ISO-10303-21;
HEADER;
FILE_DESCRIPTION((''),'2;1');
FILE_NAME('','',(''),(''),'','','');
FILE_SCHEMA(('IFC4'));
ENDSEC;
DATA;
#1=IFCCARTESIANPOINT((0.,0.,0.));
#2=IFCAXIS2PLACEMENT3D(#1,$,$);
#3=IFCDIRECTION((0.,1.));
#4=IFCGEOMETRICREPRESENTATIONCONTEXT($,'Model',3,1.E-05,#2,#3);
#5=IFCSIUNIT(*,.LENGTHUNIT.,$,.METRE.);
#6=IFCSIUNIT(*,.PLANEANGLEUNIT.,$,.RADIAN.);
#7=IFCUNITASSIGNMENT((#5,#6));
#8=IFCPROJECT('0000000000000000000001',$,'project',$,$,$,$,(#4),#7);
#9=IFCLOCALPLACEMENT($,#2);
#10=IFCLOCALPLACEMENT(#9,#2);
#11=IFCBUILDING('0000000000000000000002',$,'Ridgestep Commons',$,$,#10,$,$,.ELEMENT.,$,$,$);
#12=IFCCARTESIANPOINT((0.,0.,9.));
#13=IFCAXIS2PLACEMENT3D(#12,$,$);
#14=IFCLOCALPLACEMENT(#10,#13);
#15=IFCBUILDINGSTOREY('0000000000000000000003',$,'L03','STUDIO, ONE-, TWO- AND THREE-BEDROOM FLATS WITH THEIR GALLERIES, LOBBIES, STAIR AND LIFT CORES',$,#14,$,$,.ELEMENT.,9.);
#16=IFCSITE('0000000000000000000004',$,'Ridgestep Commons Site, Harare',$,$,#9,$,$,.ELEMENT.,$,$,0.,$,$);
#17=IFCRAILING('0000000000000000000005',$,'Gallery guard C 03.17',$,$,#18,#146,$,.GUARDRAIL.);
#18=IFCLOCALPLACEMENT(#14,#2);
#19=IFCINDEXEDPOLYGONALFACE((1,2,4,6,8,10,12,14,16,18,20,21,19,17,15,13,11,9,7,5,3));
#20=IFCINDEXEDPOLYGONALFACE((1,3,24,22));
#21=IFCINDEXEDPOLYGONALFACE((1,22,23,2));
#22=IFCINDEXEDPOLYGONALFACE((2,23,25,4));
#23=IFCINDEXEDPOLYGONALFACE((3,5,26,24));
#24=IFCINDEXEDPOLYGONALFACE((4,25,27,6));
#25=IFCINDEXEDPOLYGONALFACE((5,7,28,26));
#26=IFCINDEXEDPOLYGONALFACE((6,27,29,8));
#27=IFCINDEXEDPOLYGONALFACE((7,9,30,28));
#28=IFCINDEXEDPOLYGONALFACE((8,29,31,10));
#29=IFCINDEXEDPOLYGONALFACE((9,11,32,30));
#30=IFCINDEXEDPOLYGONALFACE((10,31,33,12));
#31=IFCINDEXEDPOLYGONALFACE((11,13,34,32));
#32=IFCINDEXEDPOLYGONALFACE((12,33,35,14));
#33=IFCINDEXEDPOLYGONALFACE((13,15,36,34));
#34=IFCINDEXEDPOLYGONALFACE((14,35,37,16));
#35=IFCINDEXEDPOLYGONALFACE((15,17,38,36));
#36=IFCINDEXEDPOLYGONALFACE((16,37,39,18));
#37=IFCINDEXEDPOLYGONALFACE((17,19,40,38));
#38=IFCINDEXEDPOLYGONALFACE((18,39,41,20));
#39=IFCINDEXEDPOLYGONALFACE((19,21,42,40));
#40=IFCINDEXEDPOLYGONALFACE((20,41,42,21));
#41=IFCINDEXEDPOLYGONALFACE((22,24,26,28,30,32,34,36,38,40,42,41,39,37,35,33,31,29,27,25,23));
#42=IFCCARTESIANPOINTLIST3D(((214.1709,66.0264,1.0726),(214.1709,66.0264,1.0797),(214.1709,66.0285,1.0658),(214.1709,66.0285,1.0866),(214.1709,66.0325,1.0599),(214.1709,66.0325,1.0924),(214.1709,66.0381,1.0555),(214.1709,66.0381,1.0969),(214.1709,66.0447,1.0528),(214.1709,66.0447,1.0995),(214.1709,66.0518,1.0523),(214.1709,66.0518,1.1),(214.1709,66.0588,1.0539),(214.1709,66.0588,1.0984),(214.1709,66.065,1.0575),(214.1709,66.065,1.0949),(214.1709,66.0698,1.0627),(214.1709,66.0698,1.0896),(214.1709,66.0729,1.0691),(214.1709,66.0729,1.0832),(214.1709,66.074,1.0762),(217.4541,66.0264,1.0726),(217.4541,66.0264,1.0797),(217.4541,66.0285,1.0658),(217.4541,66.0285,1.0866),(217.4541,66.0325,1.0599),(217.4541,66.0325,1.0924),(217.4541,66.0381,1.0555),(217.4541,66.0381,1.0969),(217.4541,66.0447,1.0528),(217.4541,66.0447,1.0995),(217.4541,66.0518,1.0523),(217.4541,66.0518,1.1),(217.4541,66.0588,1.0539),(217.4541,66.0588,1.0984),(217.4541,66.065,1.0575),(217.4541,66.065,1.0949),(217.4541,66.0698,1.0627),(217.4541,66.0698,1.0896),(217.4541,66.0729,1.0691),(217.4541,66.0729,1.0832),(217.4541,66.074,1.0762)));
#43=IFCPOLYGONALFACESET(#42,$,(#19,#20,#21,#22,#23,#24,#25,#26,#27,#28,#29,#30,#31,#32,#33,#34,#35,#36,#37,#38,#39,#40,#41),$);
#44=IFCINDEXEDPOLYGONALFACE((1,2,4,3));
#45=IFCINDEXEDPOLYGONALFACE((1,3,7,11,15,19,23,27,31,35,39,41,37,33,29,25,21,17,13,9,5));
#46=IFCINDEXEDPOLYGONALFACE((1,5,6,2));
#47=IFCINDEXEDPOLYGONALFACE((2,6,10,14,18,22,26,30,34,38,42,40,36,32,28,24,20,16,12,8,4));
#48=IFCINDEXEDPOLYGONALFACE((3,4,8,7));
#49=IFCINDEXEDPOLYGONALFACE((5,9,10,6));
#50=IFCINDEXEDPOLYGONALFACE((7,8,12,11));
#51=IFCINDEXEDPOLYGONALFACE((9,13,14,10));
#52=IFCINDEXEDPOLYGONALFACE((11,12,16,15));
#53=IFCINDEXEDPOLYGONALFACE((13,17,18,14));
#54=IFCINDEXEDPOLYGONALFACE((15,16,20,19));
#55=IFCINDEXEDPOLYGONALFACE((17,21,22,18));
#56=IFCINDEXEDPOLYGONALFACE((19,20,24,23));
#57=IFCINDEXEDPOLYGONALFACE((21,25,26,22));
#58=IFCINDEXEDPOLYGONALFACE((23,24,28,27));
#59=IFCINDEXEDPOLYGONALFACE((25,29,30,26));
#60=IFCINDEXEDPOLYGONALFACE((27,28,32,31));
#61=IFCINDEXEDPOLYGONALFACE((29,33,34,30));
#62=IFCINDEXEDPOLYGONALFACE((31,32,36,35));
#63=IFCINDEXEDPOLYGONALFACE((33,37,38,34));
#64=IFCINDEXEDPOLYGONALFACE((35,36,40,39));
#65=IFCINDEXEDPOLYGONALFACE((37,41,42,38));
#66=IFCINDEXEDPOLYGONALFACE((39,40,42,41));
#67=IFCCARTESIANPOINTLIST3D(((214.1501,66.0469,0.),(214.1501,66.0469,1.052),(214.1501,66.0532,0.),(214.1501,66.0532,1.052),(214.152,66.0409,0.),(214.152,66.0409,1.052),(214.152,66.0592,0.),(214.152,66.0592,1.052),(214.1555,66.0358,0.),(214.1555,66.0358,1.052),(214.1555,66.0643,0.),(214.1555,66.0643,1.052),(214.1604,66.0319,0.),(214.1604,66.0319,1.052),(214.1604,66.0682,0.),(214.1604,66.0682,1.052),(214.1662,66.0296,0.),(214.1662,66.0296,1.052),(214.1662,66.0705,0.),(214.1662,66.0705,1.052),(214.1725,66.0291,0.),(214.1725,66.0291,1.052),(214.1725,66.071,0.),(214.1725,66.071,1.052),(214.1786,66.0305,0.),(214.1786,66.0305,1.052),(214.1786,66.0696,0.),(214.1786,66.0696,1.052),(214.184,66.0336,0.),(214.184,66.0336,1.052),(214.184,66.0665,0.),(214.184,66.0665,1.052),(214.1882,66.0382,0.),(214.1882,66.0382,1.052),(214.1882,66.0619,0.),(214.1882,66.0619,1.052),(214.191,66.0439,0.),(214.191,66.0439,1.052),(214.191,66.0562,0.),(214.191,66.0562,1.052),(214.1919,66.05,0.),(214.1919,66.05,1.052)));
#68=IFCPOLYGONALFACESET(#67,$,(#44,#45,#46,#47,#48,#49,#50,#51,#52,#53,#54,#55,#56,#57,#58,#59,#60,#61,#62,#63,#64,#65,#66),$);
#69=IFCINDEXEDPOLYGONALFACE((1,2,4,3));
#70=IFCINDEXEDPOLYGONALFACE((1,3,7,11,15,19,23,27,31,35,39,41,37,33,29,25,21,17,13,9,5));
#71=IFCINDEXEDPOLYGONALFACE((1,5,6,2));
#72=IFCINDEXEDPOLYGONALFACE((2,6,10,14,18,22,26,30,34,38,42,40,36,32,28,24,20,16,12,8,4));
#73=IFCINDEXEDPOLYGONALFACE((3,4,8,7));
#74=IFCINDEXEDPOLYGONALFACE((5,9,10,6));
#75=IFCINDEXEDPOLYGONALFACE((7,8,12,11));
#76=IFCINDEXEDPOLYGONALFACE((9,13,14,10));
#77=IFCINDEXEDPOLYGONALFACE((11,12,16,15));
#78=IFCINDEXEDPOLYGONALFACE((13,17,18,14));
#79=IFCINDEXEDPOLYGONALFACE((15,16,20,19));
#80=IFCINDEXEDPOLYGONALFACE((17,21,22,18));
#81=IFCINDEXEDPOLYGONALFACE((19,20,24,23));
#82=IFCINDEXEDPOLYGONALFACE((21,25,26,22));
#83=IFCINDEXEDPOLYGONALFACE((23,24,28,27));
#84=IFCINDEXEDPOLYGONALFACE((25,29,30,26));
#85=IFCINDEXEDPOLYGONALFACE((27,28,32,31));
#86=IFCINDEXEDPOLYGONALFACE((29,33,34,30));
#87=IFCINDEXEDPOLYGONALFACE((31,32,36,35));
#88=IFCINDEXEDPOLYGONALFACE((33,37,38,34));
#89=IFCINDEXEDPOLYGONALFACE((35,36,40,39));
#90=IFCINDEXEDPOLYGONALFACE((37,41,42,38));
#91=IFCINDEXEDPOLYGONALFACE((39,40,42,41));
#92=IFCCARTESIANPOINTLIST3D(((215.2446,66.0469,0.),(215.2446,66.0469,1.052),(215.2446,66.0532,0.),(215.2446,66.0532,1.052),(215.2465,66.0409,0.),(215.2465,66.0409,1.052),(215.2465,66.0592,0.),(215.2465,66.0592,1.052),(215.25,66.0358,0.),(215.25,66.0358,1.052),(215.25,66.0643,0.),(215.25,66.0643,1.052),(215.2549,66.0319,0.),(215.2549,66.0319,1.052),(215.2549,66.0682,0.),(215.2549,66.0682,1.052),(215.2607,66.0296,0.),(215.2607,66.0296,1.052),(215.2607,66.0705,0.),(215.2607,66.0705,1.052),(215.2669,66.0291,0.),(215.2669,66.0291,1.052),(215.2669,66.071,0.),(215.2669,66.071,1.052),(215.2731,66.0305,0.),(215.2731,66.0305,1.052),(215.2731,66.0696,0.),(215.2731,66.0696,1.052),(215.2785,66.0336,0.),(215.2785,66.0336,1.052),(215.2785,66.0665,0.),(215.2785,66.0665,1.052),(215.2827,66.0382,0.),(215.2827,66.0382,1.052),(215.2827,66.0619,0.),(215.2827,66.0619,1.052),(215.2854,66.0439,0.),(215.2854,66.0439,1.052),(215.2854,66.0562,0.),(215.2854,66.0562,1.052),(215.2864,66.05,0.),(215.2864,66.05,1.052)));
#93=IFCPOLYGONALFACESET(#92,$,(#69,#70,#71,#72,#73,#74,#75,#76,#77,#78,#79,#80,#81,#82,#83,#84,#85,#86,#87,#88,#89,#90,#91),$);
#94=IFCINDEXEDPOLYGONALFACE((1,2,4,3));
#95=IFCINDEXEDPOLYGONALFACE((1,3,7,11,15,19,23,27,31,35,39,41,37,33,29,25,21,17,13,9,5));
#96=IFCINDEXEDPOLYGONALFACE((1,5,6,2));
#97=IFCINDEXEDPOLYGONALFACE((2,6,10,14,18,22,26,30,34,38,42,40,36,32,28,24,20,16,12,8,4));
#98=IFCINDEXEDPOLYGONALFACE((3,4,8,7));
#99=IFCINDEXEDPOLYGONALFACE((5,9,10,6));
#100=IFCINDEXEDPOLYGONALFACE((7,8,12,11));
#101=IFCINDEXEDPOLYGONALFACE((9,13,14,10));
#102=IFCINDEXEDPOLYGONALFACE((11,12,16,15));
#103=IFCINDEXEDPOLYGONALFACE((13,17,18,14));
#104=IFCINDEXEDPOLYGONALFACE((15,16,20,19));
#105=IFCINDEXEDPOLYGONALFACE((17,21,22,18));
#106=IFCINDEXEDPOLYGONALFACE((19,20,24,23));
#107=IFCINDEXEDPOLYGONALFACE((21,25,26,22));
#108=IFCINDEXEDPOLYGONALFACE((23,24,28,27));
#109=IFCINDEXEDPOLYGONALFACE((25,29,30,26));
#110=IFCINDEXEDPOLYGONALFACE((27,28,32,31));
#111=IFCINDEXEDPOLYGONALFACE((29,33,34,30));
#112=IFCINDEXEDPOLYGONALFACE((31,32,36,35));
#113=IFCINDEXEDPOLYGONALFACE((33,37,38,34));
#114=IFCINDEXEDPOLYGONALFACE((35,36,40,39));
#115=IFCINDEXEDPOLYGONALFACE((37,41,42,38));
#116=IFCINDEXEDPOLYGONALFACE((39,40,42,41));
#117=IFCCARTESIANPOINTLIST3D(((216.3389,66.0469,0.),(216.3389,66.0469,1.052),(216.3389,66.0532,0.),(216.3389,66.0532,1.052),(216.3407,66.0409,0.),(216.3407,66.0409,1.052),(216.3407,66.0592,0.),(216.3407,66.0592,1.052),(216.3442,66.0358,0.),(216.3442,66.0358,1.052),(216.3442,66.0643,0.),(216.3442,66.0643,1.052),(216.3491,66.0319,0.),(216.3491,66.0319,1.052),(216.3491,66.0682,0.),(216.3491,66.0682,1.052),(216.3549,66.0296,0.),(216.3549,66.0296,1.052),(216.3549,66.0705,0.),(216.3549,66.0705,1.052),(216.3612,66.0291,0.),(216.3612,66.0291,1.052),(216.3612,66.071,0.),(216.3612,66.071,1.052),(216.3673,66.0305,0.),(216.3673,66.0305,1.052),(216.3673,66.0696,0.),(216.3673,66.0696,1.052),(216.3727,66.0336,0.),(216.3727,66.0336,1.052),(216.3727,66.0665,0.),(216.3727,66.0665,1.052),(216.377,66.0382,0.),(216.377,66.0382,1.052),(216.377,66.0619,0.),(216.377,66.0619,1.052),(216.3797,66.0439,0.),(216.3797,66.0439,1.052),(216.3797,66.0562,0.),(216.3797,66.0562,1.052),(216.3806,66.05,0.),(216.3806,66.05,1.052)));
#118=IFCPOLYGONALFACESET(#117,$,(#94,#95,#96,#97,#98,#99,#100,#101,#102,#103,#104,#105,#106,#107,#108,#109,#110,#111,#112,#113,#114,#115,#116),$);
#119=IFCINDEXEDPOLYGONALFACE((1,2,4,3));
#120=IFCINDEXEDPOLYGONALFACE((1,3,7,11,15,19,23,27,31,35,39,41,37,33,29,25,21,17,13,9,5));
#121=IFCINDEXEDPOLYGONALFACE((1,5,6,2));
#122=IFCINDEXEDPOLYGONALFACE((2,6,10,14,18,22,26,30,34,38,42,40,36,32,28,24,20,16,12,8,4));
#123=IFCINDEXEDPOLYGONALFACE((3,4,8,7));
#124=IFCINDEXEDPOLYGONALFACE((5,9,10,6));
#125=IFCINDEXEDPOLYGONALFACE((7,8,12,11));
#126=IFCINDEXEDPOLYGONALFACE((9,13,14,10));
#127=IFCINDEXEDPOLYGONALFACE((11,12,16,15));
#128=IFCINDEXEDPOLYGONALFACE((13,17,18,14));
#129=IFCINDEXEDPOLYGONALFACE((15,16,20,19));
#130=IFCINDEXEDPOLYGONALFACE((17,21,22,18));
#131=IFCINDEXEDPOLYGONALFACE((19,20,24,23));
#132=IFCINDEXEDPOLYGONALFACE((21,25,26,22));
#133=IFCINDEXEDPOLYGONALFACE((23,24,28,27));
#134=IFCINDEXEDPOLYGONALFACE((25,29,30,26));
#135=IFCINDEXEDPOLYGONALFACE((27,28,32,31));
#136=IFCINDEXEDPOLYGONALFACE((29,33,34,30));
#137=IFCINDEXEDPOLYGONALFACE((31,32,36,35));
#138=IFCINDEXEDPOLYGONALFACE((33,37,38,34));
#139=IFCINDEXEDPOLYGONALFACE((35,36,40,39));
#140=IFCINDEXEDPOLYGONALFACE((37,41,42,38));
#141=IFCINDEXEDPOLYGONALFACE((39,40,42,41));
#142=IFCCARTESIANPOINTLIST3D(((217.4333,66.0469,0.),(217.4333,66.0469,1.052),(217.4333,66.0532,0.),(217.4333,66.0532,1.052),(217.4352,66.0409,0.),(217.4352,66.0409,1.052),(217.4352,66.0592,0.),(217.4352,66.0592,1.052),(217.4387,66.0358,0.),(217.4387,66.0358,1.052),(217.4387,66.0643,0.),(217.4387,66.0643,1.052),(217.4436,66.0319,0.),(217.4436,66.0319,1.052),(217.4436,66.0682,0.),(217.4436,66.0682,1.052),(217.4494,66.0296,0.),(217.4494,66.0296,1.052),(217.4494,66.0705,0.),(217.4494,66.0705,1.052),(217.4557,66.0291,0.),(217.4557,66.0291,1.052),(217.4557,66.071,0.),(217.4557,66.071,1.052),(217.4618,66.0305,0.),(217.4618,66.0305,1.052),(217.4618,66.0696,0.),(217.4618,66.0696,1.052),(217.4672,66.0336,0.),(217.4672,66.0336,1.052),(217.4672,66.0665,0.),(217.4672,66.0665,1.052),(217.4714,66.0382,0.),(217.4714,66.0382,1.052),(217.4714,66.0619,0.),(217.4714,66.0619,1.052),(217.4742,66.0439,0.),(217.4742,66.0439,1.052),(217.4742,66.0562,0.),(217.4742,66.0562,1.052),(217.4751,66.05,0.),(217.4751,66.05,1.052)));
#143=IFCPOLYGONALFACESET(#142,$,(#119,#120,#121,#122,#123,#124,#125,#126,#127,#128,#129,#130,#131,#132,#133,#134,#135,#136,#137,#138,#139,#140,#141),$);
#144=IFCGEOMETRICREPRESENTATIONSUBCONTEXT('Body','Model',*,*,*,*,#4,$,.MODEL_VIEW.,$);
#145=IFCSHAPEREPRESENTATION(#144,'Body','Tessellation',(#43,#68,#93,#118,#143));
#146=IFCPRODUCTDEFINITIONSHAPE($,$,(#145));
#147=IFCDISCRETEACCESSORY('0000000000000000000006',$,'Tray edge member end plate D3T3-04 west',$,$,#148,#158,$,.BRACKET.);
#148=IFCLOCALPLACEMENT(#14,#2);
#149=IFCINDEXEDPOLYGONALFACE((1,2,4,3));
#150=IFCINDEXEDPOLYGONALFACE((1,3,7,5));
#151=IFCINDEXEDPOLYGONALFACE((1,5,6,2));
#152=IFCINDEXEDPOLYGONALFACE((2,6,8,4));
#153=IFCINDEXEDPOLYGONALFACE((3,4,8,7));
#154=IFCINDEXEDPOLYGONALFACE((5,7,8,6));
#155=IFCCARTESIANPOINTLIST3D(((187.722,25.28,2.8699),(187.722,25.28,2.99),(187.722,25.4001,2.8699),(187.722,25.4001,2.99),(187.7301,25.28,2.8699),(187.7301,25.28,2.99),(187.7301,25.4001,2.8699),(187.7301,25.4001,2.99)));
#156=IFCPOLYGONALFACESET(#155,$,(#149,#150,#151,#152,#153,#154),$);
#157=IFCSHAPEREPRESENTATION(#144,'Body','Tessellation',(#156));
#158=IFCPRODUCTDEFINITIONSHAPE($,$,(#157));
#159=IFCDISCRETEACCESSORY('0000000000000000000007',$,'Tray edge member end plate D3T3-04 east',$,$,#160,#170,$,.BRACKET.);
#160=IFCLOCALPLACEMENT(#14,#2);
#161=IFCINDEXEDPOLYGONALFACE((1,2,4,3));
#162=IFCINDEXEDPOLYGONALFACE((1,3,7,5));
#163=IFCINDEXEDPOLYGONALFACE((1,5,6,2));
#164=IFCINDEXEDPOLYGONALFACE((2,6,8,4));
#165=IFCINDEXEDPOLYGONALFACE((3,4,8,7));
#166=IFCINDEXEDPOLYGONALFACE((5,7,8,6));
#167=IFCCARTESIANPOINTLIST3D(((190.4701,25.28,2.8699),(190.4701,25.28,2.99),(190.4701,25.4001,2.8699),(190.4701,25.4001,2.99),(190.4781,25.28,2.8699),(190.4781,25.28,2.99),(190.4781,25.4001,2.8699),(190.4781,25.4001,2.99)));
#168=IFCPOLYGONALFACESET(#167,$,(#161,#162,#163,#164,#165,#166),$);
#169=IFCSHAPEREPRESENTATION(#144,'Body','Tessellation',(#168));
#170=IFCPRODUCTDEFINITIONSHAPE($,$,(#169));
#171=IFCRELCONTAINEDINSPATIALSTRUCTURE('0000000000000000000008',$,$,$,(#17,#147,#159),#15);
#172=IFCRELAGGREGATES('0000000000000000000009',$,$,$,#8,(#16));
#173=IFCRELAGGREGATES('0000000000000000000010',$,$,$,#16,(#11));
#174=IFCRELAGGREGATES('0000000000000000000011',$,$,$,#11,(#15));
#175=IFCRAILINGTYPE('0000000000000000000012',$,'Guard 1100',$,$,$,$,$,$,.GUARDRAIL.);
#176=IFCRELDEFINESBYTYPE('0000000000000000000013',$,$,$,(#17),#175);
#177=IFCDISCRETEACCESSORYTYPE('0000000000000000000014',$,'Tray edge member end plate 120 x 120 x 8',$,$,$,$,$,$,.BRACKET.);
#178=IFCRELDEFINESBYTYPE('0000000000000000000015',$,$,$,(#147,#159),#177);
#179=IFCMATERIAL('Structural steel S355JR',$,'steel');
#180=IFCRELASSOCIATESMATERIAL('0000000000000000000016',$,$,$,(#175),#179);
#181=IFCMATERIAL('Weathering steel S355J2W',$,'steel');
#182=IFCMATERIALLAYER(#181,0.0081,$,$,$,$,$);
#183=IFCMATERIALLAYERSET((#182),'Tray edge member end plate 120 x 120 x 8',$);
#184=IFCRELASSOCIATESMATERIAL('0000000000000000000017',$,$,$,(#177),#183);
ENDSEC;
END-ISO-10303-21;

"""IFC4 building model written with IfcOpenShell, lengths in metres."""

from ifc_helpers import new_model, si_unit, direction, frame, origin, origin_2d, place, context, subcontext, project, spatial, rectangle, circle, extrude, material, layer, layer_set, type_object, element, save


model = new_model("IFC4")

# Units and contexts
model_context = context("Model", 3, precision=1e-05, world=origin(), true_north=direction((0.0, 1.0)))
body_context = subcontext(model_context, "Body", "Model", "MODEL_VIEW")
ifc_project = project(units=[si_unit("LENGTHUNIT", "METRE"), si_unit("PLANEANGLEUNIT", "RADIAN")], contexts=[model_context])

# Site, building, storey
site_placement = place(None, origin())
site = spatial("IfcSite", under=ifc_project, at=site_placement, Name="Ridgestep Commons Site, Harare", CompositionType="ELEMENT", RefElevation=0.0)
building_placement = place(site_placement, origin())
building = spatial("IfcBuilding", under=site, at=building_placement, Name="Ridgestep Commons", CompositionType="ELEMENT")
storey_placement = place(building_placement, frame((0.0, 0.0, 9.0)))
storey = spatial("IfcBuildingStorey", under=building, at=storey_placement, Name="L03", Description="STUDIO, ONE-, TWO- AND THREE-BEDROOM FLATS WITH THEIR GALLERIES, LOBBIES, STAIR AND LIFT CORES", CompositionType="ELEMENT", Elevation=9.0)

# Railing
ifc_material_1 = material(Name="Structural steel S355JR", Category="steel")
railing_type = type_object("IfcRailingType", Name="Guard 1100", PredefinedType="GUARDRAIL", material=ifc_material_1)
for number, where, name in (
    (1, (214.1709, 66.05, 0.0), "Gallery guard C 03.17"),
):
    element("IfcRailing", number, at=place(storey_placement, frame(where)), inside=storey, type_object=railing_type, Name=name, PredefinedType="GUARDRAIL", context=body_context, shape_type="SweptSolid", body=[
        extrude(circle(Radius=0.0239, at=origin_2d()), frame((0.0, 0.0, 1.0762), z_axis=(1.0, 0.0, 0.0), x_axis=(0.0, 1.0, 0.0)), (0.0, 0.0, 1.0), 3.2832),
        extrude(circle(Radius=0.021, at=origin_2d()), origin(), (0.0, 0.0, 1.0), 1.052),
        extrude(circle(Radius=0.021, at=origin_2d()), frame((1.0945, 0.0, 0.0)), (0.0, 0.0, 1.0), 1.052),
        extrude(circle(Radius=0.021, at=origin_2d()), frame((2.1887, 0.0, 0.0)), (0.0, 0.0, 1.0), 1.052),
        extrude(circle(Radius=0.021, at=origin_2d()), frame((3.2832, 0.0, 0.0)), (0.0, 0.0, 1.0), 1.052),
    ])

# Discrete accessories
ifc_material_2 = material(Name="Weathering steel S355J2W", Category="steel")
ifc_layer_1 = layer(ifc_material_2, 0.0081)
ifc_layer_set_1 = layer_set([ifc_layer_1], Name="Tray edge member end plate 120 x 120 x 8")
discrete_accessory_type = type_object("IfcDiscreteAccessoryType", Name="Tray edge member end plate 120 x 120 x 8", PredefinedType="BRACKET", material=ifc_layer_set_1)
for number, where, z_axis, x_axis, name in (
    (2, (187.7261, 25.3401, 2.8699), (0.0, 0.0, 1.0), (1.0, 0.0, 0.0), "Tray edge member end plate D3T3-04 west"),
    (3, (190.4741, 25.3401, 2.8699), (0.0, 0.0, 1.0), (1.0, 0.0, 0.0), "Tray edge member end plate D3T3-04 east"),
):
    element("IfcDiscreteAccessory", number, at=place(storey_placement, frame(where, z_axis=z_axis, x_axis=x_axis)), inside=storey, type_object=discrete_accessory_type, Name=name, PredefinedType="BRACKET", context=body_context, shape_type="SweptSolid", body=[
        extrude(rectangle(XDim=0.0081, YDim=0.1201, at=origin_2d()), origin(), (0.0, 0.0, 1.0), 0.1201),
    ])

save(model, "model.ifc")
